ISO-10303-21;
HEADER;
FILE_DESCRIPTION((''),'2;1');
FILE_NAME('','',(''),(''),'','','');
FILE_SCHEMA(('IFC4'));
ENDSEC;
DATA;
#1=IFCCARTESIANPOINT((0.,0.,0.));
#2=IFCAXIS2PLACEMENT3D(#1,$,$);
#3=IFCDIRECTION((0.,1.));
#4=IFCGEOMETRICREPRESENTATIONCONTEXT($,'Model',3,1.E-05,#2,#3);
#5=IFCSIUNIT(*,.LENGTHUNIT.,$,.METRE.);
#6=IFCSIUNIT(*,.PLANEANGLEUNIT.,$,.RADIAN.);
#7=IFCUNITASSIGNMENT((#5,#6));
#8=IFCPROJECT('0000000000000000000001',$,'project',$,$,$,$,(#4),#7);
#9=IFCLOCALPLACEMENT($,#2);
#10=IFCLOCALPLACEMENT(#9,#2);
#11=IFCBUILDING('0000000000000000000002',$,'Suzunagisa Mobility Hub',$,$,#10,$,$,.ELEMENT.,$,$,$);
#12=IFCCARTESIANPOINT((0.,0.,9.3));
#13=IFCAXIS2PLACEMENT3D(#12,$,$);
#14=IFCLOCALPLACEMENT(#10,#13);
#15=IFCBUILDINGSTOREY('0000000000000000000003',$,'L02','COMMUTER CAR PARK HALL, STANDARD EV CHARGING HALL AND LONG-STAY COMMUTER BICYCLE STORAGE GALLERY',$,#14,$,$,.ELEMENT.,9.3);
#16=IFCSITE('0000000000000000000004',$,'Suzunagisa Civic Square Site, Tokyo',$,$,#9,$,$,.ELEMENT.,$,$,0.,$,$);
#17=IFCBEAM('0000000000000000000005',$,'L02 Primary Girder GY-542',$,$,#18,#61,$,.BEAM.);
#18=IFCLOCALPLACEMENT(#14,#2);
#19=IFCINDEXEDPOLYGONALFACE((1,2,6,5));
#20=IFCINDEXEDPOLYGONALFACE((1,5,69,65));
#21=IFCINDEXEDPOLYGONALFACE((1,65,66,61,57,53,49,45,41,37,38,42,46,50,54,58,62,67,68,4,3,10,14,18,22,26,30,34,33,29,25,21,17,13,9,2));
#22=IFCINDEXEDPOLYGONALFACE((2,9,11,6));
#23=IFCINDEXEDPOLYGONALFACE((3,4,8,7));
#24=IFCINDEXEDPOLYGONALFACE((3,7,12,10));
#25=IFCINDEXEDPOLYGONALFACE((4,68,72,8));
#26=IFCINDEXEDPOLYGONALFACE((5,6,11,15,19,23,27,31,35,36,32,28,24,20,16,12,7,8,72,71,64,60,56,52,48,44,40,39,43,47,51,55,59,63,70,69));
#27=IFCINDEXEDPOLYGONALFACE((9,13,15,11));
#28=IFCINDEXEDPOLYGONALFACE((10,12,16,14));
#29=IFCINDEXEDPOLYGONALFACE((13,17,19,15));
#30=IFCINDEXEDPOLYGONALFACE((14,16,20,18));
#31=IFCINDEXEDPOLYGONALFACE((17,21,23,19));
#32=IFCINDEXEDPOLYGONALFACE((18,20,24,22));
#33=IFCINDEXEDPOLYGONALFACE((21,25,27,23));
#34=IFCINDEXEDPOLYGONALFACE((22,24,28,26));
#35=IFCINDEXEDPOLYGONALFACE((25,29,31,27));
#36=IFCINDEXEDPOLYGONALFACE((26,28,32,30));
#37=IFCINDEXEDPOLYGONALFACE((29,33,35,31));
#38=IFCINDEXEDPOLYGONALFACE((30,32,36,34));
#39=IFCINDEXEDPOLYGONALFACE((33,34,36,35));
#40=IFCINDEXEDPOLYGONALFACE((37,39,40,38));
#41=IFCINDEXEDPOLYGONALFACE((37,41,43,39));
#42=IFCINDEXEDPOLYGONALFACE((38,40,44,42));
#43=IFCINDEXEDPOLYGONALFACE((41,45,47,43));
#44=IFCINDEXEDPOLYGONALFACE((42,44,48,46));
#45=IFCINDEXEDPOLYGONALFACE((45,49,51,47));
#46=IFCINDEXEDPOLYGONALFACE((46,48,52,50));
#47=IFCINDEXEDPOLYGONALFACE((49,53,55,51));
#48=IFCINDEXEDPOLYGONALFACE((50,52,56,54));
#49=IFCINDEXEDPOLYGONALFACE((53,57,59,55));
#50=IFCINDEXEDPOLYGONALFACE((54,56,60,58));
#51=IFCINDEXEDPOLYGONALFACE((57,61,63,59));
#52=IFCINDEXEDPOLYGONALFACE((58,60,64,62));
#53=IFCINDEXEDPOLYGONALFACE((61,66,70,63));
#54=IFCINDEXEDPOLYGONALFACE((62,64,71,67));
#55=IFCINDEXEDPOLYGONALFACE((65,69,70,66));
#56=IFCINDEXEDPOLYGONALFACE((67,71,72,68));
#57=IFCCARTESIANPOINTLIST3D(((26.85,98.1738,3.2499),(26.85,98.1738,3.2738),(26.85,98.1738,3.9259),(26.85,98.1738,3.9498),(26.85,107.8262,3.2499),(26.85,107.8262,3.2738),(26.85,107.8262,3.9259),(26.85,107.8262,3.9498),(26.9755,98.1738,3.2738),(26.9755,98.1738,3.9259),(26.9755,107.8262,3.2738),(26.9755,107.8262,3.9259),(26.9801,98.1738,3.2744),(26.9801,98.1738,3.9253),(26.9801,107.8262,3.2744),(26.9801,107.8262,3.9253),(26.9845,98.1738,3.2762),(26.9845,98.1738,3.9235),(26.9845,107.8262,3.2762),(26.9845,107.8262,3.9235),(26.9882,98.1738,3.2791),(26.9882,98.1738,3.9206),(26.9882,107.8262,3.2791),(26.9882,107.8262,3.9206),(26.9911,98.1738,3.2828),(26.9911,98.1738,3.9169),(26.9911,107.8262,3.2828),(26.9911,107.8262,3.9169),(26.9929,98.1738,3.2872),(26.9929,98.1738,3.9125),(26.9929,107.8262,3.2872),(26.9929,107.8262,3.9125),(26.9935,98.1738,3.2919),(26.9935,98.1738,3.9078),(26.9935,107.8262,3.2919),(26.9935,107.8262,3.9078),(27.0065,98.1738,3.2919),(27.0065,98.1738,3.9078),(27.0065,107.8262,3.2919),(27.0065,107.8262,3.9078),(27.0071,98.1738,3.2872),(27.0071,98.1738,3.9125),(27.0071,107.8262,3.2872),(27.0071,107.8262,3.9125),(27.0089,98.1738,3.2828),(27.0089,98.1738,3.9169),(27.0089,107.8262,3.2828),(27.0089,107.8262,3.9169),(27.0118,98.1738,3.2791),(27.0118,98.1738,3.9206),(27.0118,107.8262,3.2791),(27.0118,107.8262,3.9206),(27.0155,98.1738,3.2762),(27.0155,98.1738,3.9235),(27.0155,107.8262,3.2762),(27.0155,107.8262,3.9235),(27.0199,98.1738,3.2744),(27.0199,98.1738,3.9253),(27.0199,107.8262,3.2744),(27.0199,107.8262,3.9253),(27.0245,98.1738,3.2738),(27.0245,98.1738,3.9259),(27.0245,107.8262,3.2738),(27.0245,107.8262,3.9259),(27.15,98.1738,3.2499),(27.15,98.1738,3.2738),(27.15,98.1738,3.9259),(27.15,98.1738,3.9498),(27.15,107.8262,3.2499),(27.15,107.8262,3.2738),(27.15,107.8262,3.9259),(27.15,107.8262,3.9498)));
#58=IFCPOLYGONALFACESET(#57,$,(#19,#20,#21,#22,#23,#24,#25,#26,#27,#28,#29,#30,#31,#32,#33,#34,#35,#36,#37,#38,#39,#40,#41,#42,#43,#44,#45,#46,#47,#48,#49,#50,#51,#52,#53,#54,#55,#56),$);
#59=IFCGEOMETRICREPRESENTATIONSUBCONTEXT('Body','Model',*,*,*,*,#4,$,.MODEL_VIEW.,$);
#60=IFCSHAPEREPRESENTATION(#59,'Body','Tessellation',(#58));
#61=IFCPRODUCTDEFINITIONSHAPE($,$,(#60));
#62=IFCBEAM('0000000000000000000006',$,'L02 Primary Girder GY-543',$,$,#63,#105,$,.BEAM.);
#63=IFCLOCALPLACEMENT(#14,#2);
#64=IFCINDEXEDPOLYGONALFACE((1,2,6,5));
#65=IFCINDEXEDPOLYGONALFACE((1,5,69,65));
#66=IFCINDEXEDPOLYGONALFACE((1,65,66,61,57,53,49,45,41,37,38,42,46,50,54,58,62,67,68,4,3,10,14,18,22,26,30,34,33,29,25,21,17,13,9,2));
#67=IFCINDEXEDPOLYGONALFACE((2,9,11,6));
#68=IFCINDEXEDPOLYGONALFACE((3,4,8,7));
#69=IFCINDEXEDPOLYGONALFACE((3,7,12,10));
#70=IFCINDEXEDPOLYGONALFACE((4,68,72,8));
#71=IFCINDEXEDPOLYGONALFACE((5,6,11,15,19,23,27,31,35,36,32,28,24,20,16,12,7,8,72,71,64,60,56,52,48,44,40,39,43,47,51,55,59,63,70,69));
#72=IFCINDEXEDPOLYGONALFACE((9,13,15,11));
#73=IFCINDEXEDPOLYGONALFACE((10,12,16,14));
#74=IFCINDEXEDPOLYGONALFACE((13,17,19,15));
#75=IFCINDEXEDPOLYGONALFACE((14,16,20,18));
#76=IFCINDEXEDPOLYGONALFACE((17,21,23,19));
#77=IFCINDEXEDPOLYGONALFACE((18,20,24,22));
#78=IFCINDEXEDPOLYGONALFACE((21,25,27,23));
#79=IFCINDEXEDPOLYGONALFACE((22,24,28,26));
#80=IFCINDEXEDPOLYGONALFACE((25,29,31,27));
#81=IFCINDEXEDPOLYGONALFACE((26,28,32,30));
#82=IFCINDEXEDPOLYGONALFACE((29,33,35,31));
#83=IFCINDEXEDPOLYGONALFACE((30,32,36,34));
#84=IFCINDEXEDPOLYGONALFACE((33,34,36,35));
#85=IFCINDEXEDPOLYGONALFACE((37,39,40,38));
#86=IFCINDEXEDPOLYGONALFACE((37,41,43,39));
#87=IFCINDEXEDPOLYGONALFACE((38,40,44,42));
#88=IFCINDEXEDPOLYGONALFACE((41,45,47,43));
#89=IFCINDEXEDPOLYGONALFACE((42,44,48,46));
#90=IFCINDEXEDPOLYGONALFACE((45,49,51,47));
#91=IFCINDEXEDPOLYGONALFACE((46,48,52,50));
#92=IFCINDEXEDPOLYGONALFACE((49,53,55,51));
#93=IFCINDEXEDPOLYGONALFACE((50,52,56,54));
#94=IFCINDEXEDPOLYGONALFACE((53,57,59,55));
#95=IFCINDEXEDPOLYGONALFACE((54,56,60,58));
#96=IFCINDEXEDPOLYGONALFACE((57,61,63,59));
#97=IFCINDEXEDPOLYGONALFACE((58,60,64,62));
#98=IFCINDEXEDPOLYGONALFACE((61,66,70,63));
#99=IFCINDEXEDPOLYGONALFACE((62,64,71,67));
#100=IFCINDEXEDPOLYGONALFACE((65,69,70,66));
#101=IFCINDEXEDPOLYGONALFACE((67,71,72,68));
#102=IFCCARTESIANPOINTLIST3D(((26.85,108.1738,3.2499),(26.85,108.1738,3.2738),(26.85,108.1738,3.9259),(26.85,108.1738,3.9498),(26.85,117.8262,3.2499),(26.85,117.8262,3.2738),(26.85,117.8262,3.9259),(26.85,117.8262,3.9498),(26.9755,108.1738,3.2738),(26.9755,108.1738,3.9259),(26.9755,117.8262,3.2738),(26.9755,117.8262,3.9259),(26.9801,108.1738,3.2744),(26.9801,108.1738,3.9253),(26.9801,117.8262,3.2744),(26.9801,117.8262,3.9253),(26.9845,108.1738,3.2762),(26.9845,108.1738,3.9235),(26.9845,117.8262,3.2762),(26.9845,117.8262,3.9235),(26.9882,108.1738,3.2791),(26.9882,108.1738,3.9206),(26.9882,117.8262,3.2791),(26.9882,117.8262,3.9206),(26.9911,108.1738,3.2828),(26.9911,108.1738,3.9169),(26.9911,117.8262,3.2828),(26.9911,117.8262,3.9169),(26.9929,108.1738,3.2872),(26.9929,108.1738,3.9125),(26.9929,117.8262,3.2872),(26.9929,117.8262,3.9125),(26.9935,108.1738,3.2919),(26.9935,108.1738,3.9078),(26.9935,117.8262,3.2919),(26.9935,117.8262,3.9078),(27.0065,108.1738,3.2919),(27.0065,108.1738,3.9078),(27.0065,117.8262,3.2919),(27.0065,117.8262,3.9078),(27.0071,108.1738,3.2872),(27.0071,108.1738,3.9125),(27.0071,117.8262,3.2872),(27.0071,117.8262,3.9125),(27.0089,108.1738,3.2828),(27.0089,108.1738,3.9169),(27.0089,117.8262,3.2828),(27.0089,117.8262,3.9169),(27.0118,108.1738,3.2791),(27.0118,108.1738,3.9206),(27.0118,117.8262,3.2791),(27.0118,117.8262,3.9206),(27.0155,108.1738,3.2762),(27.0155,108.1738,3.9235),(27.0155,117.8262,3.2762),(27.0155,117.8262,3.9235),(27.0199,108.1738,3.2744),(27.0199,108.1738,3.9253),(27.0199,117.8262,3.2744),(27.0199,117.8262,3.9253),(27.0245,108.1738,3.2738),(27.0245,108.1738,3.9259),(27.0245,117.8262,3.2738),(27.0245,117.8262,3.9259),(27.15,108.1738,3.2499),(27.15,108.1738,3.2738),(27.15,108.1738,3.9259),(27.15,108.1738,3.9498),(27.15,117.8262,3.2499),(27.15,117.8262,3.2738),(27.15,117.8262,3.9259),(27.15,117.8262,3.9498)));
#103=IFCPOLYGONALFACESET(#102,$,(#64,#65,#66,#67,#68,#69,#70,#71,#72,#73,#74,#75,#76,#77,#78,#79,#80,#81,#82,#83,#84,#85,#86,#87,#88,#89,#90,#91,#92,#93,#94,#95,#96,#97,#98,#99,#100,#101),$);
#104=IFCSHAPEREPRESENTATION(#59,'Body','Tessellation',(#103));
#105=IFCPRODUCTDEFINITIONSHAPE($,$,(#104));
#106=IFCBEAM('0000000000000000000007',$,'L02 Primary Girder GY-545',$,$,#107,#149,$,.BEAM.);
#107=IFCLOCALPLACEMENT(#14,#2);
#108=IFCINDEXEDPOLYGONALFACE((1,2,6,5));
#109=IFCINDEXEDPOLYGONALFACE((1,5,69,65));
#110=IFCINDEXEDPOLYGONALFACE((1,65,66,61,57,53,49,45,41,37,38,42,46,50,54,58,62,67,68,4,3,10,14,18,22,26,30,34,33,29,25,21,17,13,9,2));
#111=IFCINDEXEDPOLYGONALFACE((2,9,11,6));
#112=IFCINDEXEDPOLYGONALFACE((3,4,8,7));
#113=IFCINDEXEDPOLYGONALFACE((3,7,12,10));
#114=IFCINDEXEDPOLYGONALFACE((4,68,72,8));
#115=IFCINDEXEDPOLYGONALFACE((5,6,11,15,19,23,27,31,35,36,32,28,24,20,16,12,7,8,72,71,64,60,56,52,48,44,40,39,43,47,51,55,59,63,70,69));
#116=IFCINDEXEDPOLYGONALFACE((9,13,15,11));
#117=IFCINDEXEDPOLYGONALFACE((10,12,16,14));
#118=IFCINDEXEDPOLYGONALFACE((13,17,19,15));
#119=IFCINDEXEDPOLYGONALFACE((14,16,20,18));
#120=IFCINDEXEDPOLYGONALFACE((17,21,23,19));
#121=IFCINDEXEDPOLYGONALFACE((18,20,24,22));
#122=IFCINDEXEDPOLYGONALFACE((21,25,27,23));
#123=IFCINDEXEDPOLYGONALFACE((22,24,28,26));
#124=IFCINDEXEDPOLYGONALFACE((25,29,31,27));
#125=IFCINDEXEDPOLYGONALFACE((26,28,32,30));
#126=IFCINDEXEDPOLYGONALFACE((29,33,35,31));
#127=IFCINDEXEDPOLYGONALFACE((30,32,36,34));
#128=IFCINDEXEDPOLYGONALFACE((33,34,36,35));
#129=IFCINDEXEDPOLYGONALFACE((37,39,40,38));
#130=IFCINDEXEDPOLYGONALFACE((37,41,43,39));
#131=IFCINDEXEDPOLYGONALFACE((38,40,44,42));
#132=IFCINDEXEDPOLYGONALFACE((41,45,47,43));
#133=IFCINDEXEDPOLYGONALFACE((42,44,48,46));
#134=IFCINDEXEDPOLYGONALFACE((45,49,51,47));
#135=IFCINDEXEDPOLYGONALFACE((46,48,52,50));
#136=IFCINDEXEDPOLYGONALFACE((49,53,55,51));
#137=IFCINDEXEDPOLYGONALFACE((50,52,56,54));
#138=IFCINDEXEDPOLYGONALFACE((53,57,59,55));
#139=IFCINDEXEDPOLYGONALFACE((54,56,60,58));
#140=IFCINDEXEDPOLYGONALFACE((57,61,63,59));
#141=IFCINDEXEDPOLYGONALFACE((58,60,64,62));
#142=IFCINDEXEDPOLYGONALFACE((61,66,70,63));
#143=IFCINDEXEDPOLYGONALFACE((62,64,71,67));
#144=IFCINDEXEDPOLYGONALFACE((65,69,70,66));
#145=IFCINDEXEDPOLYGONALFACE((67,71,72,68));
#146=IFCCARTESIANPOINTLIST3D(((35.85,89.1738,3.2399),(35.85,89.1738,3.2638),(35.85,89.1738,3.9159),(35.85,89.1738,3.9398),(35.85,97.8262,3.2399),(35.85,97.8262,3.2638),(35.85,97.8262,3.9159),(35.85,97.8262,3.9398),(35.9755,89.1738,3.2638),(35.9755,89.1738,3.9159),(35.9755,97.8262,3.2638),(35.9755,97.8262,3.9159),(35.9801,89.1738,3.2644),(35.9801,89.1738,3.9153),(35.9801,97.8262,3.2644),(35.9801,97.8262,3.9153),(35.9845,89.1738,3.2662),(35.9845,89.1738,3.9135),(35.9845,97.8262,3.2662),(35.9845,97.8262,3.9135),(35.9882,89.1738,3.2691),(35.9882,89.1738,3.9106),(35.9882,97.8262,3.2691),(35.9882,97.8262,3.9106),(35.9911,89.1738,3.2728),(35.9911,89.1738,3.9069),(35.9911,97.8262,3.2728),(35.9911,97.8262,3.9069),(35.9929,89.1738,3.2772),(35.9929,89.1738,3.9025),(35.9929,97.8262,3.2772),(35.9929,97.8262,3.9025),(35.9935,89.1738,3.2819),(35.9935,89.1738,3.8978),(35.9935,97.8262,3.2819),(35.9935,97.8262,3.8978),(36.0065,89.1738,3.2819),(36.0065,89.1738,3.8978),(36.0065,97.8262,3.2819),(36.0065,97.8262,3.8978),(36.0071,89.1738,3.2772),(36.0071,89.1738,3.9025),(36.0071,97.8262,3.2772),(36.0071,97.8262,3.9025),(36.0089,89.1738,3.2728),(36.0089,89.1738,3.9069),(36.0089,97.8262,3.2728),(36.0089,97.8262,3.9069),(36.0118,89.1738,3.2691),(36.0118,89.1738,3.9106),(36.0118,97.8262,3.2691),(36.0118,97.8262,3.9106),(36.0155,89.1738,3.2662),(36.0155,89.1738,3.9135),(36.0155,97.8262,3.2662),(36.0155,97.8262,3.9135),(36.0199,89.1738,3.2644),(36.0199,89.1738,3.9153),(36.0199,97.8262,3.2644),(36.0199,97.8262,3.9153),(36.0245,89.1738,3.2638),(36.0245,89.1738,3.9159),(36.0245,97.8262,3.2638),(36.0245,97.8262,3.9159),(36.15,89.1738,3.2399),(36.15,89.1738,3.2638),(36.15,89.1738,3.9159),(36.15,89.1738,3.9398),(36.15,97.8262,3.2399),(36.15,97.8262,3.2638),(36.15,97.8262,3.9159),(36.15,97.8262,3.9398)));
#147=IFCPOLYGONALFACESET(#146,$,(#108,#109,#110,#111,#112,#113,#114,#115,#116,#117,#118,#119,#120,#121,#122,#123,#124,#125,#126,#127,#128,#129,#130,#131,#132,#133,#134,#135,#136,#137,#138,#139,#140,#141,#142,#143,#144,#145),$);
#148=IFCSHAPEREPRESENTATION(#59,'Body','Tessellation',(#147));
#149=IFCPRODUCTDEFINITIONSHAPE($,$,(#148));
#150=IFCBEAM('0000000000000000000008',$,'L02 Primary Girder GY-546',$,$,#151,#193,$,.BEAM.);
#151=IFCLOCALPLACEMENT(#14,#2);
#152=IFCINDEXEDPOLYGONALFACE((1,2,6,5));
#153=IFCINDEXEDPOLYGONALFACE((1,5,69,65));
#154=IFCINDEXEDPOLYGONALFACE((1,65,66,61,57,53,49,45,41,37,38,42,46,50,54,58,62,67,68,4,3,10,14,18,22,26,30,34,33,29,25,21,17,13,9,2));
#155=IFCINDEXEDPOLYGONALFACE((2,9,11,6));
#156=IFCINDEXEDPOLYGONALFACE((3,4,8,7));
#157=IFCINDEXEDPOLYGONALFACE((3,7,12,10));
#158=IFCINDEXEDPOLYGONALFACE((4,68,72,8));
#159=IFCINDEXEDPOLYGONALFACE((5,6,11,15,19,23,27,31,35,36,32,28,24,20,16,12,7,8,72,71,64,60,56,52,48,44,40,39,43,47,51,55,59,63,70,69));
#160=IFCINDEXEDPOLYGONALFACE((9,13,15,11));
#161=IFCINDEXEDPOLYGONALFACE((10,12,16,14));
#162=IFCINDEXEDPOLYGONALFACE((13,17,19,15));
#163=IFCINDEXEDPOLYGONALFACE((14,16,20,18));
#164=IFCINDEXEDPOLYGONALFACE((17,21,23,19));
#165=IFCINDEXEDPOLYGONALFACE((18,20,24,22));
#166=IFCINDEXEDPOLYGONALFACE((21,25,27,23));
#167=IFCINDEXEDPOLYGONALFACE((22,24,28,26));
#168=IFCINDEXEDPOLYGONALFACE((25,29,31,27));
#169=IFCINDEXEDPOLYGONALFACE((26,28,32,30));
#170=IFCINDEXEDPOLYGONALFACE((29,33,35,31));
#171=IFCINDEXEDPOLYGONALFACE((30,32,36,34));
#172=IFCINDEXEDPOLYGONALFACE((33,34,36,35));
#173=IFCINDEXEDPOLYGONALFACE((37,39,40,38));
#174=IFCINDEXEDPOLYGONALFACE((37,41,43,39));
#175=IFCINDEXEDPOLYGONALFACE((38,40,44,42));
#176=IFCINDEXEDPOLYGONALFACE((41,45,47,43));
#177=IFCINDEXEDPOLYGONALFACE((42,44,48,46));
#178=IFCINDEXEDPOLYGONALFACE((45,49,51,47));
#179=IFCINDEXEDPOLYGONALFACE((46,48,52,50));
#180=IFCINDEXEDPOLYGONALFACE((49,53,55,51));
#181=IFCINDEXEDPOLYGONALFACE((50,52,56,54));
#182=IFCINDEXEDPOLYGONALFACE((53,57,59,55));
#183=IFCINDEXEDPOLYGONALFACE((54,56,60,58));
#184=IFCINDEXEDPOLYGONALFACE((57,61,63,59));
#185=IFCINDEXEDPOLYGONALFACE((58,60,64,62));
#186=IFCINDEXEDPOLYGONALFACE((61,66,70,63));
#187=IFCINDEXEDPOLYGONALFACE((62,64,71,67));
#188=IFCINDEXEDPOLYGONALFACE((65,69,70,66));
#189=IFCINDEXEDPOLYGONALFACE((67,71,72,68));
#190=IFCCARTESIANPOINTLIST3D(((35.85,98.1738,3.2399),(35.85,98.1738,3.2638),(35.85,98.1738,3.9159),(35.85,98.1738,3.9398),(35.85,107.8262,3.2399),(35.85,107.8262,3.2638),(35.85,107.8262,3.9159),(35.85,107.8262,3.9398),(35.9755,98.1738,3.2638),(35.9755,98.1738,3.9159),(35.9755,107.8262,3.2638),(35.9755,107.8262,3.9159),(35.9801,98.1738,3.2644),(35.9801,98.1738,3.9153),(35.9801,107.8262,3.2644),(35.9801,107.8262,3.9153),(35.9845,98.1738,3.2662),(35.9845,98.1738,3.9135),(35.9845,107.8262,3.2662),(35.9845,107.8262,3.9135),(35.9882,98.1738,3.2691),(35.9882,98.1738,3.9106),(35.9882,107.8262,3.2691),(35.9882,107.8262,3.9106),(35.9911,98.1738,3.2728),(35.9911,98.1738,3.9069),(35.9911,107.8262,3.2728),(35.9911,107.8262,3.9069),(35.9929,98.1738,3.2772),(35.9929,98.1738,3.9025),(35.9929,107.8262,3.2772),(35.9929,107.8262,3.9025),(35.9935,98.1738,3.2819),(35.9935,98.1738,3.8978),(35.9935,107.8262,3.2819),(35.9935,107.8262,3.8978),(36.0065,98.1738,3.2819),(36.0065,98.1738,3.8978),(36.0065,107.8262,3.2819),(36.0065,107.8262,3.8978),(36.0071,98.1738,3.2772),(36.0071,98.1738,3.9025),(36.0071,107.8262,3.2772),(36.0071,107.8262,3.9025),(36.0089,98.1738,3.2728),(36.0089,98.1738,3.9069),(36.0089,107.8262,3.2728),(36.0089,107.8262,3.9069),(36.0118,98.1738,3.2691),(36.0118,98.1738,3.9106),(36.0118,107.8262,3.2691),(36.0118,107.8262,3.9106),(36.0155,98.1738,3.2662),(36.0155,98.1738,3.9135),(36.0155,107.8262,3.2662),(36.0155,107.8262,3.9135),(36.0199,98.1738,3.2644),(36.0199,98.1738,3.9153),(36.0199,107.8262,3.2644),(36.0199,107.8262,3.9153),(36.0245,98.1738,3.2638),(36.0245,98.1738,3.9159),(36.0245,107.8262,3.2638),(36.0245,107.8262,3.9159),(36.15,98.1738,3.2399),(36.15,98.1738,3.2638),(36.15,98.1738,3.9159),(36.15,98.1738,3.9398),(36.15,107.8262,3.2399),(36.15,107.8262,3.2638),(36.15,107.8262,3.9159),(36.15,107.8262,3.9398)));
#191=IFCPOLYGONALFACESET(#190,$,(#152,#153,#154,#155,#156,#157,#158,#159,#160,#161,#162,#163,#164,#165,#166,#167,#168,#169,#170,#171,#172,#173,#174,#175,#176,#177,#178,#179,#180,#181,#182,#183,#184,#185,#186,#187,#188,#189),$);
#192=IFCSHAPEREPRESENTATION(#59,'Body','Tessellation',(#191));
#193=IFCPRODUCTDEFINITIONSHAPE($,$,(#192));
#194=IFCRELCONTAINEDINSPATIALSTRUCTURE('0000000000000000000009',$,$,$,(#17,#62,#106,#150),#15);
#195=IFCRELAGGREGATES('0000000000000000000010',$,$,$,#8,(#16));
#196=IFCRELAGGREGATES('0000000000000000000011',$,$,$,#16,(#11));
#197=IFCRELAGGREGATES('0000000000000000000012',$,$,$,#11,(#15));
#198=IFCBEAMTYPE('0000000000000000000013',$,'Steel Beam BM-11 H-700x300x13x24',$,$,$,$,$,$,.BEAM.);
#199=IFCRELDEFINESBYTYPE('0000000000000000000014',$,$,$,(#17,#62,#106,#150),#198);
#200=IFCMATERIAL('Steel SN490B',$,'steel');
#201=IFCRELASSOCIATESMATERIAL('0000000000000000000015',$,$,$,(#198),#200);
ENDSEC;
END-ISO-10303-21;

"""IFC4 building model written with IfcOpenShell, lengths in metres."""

from ifc_helpers import new_model, si_unit, direction, frame, origin, origin_2d, place, context, subcontext, project, spatial, i_section, extrude, material, material_profile, profile_set, type_object, element, save


model = new_model("IFC4")

# Units and contexts
model_context = context("Model", 3, precision=1e-05, world=origin(), true_north=direction((0.0, 1.0)))
body_context = subcontext(model_context, "Body", "Model", "MODEL_VIEW")
ifc_project = project(units=[si_unit("LENGTHUNIT", "METRE"), si_unit("PLANEANGLEUNIT", "RADIAN")], contexts=[model_context])

# Site, building, storey
site_placement = place(None, origin())
site = spatial("IfcSite", under=ifc_project, at=site_placement, Name="Suzunagisa Civic Square Site, Tokyo", CompositionType="ELEMENT", RefElevation=0.0)
building_placement = place(site_placement, origin())
building = spatial("IfcBuilding", under=site, at=building_placement, Name="Suzunagisa Mobility Hub", CompositionType="ELEMENT")
storey_placement = place(building_placement, frame((0.0, 0.0, 9.3)))
storey = spatial("IfcBuildingStorey", under=building, at=storey_placement, Name="L02", Description="COMMUTER CAR PARK HALL, STANDARD EV CHARGING HALL AND LONG-STAY COMMUTER BICYCLE STORAGE GALLERY", CompositionType="ELEMENT", Elevation=9.3)

# Shared definitions
ifc_material_1 = material(Name="Steel SN490B", Category="steel")

# Beams
ifc_material_profile_1 = material_profile(ifc_material_1, i_section(OverallWidth=0.3, OverallDepth=0.7, WebThickness=0.0129, FlangeThickness=0.0239, FilletRadius=0.0181, at=origin_2d()), Name="H-700x300x13x24")
ifc_profile_set_1 = profile_set([ifc_material_profile_1], Name="Steel SN490B")
beam_type_1 = type_object("IfcBeamType", Name="Steel Beam BM-11 H-700x300x13x24", PredefinedType="BEAM", material=ifc_profile_set_1)
for number, where, z_axis, x_axis, name in (
    (1, (27.0, 98.1738, 3.5999), (0.0, 1.0, 0.0), (-1.0, 0.0, 0.0), "L02 Primary Girder GY-542"),
    (2, (27.0, 108.1738, 3.5999), (0.0, 1.0, 0.0), (-1.0, 0.0, 0.0), "L02 Primary Girder GY-543"),
):
    element("IfcBeam", number, at=place(storey_placement, frame(where, z_axis=z_axis, x_axis=x_axis)), inside=storey, type_object=beam_type_1, Name=name, PredefinedType="BEAM", context=body_context, shape_type="SweptSolid", body=[
        extrude(i_section(OverallWidth=0.3, OverallDepth=0.7, WebThickness=0.0129, FlangeThickness=0.0239, FilletRadius=0.0181, at=origin_2d()), origin(), (0.0, 0.0, 1.0), 9.6523),
    ])
beam_1_placement = place(storey_placement, frame((36.0, 89.1738, 3.5898), z_axis=(0.0, 1.0, 0.0), x_axis=(-1.0, 0.0, 0.0)))
element("IfcBeam", 3, at=beam_1_placement, inside=storey, type_object=beam_type_1, Name="L02 Primary Girder GY-545", PredefinedType="BEAM", context=body_context, shape_type="SweptSolid", body=[
    extrude(i_section(OverallWidth=0.3, OverallDepth=0.7, WebThickness=0.0129, FlangeThickness=0.0239, FilletRadius=0.0181, at=origin_2d()), origin(), (0.0, 0.0, 1.0), 8.6523),
])
beam_2_placement = place(storey_placement, frame((36.0, 98.1738, 3.5898), z_axis=(0.0, 1.0, 0.0), x_axis=(-1.0, 0.0, 0.0)))
element("IfcBeam", 4, at=beam_2_placement, inside=storey, type_object=beam_type_1, Name="L02 Primary Girder GY-546", PredefinedType="BEAM", context=body_context, shape_type="SweptSolid", body=[
    extrude(i_section(OverallWidth=0.3, OverallDepth=0.7, WebThickness=0.0129, FlangeThickness=0.0239, FilletRadius=0.0181, at=origin_2d()), origin(), (0.0, 0.0, 1.0), 9.6523),
])

save(model, "model.ifc")
